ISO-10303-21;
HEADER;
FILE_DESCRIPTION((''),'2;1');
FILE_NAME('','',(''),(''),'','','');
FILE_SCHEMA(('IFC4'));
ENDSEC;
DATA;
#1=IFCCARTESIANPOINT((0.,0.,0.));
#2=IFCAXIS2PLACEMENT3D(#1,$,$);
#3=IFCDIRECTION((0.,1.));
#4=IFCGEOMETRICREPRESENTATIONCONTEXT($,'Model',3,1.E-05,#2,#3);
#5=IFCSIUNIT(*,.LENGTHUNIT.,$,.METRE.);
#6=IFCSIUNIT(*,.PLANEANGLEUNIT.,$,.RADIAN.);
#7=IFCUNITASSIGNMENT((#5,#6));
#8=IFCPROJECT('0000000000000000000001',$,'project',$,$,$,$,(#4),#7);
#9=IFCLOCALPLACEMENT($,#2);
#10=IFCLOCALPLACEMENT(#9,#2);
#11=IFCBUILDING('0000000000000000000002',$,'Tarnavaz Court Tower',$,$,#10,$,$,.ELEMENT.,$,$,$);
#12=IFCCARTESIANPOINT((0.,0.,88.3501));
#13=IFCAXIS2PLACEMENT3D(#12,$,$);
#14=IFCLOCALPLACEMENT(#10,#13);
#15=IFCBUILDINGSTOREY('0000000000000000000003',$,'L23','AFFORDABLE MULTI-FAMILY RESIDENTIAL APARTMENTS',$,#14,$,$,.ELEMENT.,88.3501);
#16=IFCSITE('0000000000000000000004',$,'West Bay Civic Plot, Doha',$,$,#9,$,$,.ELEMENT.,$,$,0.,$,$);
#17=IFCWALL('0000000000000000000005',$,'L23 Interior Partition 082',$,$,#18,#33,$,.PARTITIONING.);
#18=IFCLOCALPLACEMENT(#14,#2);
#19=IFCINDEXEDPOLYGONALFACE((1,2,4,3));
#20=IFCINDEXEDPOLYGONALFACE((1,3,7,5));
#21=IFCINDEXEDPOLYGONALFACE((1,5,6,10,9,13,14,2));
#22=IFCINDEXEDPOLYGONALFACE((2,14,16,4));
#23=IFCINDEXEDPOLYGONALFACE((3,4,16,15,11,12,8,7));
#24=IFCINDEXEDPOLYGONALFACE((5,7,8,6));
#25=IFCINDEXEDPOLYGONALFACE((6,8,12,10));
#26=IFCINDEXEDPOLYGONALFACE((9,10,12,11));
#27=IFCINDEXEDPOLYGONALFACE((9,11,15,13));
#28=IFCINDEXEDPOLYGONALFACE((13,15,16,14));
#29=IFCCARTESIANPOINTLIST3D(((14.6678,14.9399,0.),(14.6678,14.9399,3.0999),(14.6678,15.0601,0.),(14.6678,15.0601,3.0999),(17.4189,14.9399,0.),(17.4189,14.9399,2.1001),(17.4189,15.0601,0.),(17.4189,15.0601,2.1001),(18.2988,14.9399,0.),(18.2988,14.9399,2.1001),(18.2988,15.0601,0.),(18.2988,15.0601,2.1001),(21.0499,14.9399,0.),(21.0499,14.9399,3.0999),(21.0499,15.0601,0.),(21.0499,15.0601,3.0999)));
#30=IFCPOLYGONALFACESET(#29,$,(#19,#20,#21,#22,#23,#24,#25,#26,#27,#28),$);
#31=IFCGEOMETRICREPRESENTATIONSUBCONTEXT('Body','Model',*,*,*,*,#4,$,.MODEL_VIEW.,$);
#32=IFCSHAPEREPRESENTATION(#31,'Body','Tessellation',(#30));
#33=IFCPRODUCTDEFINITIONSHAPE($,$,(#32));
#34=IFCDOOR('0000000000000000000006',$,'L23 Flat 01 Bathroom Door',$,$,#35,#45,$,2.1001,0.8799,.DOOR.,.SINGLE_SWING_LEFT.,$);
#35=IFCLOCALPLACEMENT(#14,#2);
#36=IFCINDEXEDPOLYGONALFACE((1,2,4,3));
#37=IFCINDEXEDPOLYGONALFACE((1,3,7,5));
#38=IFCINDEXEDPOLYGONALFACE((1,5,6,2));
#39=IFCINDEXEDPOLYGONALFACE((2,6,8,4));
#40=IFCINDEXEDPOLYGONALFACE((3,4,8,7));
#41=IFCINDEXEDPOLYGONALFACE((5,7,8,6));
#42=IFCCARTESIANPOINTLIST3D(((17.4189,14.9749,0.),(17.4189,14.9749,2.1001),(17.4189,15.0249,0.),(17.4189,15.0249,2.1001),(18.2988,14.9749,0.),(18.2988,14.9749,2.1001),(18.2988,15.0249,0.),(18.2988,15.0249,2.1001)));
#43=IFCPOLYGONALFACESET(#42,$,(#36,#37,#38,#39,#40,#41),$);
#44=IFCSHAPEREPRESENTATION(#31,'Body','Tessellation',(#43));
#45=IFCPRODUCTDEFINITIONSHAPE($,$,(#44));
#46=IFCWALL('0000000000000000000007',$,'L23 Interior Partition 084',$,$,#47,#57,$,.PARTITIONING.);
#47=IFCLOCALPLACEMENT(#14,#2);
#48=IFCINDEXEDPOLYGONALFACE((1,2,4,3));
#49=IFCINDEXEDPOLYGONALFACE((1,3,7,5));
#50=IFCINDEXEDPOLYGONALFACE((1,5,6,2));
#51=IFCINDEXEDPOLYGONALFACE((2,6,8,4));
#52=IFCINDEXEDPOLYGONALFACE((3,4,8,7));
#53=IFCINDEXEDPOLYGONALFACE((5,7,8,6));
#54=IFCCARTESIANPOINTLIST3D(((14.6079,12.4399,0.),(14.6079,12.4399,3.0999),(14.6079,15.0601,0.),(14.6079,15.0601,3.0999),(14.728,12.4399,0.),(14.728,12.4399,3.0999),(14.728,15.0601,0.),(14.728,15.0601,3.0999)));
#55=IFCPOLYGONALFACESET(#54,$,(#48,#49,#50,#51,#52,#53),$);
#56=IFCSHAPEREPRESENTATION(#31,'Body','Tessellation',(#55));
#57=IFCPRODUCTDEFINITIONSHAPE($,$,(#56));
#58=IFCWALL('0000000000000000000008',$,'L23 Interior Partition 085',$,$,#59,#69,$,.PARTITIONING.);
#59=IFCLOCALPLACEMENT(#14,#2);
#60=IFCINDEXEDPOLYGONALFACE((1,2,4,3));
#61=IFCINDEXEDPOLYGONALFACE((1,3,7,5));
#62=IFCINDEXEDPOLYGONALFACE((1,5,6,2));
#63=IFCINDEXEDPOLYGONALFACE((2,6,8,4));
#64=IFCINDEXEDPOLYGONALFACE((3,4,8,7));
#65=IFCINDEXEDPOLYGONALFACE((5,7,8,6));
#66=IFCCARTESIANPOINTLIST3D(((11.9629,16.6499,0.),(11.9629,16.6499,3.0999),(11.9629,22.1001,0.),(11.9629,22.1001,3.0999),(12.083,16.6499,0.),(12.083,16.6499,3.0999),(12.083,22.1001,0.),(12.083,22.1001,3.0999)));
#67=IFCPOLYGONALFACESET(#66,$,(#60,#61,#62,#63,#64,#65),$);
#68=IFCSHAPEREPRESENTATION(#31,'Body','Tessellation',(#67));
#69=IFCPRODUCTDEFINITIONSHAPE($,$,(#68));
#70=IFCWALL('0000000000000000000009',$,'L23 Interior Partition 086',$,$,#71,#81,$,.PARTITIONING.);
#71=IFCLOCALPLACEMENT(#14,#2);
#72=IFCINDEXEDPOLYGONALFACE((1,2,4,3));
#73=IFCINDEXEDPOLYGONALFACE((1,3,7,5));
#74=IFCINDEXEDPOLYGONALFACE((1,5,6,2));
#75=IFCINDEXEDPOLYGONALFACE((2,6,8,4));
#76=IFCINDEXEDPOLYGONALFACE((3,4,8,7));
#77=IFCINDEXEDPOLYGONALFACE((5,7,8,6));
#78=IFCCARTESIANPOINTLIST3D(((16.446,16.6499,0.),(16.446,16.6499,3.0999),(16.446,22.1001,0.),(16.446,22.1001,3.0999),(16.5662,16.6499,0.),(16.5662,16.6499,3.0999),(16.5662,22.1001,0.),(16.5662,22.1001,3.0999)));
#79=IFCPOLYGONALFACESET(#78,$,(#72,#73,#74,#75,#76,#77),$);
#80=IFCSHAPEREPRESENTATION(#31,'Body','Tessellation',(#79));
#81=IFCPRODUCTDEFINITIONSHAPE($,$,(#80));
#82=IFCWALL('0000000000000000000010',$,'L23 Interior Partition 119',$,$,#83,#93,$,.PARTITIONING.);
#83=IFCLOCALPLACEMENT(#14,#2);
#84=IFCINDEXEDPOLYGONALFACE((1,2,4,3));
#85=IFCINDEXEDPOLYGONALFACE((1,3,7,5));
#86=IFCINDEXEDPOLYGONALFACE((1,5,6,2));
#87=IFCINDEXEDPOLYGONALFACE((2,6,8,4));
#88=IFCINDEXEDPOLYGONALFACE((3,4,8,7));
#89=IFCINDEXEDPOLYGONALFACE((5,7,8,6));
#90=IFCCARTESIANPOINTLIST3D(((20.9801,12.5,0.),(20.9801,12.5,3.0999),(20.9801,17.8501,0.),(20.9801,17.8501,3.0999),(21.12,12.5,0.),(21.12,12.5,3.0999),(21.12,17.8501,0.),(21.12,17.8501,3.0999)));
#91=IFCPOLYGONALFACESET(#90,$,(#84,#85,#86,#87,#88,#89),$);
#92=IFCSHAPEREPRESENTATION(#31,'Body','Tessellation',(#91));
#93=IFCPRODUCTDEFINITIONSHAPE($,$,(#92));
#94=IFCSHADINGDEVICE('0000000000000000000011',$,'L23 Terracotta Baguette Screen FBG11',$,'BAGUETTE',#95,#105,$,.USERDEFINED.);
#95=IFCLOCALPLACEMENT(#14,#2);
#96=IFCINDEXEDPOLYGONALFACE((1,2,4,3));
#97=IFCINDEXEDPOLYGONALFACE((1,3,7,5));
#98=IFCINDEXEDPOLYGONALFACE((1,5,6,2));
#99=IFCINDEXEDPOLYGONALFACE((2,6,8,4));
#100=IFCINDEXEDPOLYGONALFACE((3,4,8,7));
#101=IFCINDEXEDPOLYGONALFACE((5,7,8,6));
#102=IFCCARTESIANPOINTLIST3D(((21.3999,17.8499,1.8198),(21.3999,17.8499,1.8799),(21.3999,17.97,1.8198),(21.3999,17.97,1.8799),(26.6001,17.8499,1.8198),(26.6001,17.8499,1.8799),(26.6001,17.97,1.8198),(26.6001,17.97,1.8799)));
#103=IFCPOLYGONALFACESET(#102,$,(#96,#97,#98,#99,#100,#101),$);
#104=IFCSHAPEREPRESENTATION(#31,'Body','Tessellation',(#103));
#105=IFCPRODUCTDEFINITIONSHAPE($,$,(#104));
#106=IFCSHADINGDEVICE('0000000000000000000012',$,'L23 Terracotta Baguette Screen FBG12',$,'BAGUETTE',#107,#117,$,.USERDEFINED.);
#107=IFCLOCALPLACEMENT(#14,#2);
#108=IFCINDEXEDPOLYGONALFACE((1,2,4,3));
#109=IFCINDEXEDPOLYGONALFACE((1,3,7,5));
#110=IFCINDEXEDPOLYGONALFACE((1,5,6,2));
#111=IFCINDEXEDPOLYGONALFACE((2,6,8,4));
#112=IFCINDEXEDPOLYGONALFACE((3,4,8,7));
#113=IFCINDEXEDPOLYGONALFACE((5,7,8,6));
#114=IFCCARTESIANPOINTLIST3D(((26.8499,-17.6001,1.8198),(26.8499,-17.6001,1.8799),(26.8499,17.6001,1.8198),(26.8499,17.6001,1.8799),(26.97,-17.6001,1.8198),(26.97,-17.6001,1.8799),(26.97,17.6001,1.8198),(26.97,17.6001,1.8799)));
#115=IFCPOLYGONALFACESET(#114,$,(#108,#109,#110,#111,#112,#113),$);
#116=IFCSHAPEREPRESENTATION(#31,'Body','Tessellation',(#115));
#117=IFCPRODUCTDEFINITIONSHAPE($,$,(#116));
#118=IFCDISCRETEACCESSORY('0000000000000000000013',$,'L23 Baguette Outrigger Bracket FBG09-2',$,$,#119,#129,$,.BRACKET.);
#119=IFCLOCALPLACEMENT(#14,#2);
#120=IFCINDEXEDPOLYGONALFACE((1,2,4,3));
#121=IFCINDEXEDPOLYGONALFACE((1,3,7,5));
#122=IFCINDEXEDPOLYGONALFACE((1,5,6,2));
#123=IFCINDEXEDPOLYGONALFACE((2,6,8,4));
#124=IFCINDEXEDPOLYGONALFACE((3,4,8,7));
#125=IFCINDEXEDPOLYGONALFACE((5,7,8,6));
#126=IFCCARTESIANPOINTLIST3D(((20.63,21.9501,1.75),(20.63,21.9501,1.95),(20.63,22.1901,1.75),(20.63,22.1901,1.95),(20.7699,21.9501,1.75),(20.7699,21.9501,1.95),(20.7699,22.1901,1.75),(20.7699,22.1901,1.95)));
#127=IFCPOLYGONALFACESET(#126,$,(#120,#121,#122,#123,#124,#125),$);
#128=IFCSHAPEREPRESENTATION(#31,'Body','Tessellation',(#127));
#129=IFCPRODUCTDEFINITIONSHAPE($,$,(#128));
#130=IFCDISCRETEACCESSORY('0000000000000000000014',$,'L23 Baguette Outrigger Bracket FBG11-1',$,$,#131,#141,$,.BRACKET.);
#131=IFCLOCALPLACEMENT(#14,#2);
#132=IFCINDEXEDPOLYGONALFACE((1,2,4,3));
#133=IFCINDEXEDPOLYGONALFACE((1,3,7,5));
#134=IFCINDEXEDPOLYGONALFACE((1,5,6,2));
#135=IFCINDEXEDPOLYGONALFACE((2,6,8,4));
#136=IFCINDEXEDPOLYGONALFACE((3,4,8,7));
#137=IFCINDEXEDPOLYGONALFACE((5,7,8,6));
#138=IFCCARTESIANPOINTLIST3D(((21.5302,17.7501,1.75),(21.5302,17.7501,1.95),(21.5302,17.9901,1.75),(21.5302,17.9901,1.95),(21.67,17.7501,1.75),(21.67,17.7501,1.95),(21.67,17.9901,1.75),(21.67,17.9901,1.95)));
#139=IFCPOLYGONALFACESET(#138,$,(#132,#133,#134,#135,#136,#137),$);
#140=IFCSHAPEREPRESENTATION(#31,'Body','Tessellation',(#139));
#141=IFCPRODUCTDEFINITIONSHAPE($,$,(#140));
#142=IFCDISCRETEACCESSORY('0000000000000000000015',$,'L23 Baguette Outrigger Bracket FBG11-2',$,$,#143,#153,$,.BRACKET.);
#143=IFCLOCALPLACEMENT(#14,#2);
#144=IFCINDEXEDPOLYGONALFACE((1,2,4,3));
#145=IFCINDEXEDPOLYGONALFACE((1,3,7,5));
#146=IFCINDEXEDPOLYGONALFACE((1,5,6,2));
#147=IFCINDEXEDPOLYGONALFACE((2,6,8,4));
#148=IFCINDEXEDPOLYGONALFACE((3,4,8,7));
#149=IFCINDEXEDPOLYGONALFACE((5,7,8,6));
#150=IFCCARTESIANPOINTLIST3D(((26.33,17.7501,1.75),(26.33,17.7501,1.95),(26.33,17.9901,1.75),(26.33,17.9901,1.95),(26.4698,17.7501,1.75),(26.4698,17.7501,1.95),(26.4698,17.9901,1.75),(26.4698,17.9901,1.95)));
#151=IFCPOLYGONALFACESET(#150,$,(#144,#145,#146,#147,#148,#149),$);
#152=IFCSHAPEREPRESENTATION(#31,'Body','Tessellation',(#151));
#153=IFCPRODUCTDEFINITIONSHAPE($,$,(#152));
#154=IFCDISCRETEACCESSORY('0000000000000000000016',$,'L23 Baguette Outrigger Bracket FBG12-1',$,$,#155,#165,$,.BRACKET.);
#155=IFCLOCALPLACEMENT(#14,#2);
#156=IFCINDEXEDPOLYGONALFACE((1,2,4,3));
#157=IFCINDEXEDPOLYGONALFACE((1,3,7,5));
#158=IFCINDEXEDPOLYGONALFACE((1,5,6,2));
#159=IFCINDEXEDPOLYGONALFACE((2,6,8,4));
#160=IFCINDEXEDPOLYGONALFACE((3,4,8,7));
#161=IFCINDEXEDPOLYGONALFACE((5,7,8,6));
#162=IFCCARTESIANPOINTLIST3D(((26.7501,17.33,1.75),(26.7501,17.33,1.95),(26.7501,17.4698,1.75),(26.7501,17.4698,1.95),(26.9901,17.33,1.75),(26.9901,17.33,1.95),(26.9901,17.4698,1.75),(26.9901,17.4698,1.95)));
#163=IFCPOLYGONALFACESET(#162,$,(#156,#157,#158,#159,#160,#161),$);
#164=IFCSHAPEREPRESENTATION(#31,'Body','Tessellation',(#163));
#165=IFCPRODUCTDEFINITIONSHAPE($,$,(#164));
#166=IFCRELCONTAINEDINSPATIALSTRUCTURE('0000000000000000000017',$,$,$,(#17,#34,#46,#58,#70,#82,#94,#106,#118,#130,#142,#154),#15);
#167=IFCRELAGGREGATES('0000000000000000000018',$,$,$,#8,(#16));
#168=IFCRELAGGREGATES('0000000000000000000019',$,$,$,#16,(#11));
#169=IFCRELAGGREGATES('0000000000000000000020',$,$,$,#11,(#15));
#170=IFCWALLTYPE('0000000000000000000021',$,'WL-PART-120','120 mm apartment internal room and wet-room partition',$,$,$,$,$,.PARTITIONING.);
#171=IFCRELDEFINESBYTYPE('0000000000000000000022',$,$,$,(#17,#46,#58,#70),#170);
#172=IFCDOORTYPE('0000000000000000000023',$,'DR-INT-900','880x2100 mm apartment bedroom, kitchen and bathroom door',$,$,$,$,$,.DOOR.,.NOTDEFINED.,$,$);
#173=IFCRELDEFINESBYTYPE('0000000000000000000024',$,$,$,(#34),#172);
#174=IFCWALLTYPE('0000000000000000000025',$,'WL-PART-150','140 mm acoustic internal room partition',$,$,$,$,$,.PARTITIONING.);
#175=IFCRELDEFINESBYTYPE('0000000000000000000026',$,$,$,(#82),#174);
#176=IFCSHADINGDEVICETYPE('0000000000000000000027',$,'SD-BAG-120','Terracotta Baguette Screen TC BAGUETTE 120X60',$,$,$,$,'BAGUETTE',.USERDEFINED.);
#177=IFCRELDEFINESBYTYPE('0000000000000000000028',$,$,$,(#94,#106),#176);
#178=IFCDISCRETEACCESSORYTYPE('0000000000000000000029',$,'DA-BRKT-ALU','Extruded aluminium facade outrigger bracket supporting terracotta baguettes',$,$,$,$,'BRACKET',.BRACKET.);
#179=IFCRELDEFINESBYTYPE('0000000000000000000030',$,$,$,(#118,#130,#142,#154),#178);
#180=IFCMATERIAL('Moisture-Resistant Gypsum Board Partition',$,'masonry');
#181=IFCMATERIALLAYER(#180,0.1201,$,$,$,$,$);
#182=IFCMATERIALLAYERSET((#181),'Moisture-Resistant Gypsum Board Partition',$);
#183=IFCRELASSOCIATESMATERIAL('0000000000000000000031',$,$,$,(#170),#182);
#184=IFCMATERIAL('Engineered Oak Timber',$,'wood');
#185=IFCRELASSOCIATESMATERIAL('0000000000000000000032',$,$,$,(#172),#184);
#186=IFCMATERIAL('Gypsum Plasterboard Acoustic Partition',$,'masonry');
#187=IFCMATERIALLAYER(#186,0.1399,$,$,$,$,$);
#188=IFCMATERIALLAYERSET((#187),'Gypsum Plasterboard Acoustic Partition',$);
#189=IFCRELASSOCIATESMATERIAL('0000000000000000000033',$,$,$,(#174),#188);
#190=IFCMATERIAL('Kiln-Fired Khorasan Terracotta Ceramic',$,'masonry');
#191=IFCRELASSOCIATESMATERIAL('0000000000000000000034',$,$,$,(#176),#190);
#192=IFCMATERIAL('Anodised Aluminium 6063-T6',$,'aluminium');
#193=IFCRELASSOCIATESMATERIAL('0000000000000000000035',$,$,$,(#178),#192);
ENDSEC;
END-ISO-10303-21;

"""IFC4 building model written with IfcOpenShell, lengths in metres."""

from ifc_helpers import new_model, si_unit, direction, frame, frame_2d, origin, origin_2d, place, context, subcontext, project, spatial, rectangle, extrude, material, layer, layer_set, material_profile, profile_set, type_object, element, fill, save


model = new_model("IFC4")

# Units and contexts
model_context = context("Model", 3, precision=1e-05, world=origin(), true_north=direction((0.0, 1.0)))
body_context = subcontext(model_context, "Body", "Model", "MODEL_VIEW")
ifc_project = project(units=[si_unit("LENGTHUNIT", "METRE"), si_unit("PLANEANGLEUNIT", "RADIAN")], contexts=[model_context])

# Site, building, storey
site_placement = place(None, origin())
site = spatial("IfcSite", under=ifc_project, at=site_placement, Name="West Bay Civic Plot, Doha", CompositionType="ELEMENT", RefElevation=0.0)
building_placement = place(site_placement, origin())
building = spatial("IfcBuilding", under=site, at=building_placement, Name="Tarnavaz Court Tower", CompositionType="ELEMENT")
storey_placement = place(building_placement, frame((0.0, 0.0, 88.3501)))
storey = spatial("IfcBuildingStorey", under=building, at=storey_placement, Name="L23", Description="AFFORDABLE MULTI-FAMILY RESIDENTIAL APARTMENTS", CompositionType="ELEMENT", Elevation=88.3501)

# Wall, opening, door
ifc_material_1 = material(Name="Engineered Oak Timber", Category="wood")
ifc_material_2 = material(Name="Moisture-Resistant Gypsum Board Partition", Category="masonry")
ifc_layer_1 = layer(ifc_material_2, 0.1201)
ifc_layer_set_1 = layer_set([ifc_layer_1], Name="Moisture-Resistant Gypsum Board Partition")
wall_type_1 = type_object("IfcWallType", Name="WL-PART-120", Description="120 mm apartment internal room and wet-room partition", PredefinedType="PARTITIONING", material=ifc_layer_set_1)
wall_1_placement = place(storey_placement, frame((14.668, 15.0, 0.0), z_axis=(0.0, 0.0, 1.0), x_axis=(1.0, 0.0, 0.0)))
wall_1 = element("IfcWall", 1, at=wall_1_placement, inside=storey, type_object=wall_type_1, Name="L23 Interior Partition 082", PredefinedType="PARTITIONING", context=body_context, shape_type="SweptSolid", body=[
    extrude(rectangle(XDim=6.3821, YDim=0.1201, at=frame_2d((3.1909, 0.0))), origin(), (0.0, 0.0, 1.0), 3.0999),
])
opening_1_placement = place(wall_1_placement, frame((2.751, 0.0, 0.0)))
opening_1 = element("IfcOpeningElement", 2, at=opening_1_placement, cuts=wall_1, PredefinedType="OPENING", context=body_context, shape_type="SweptSolid", body=[
    extrude(rectangle(XDim=0.8799, YDim=2.1001, at=frame_2d((0.4399, 1.05))), frame((0.0, 0.0701, 0.0), z_axis=(0.0, -1.0, 0.0), x_axis=(1.0, 0.0, 0.0)), (0.0, 0.0, 1.0), 0.1401),
])
door_type_1 = type_object("IfcDoorType", Name="DR-INT-900", Description="880x2100 mm apartment bedroom, kitchen and bathroom door", OperationType="NOTDEFINED", PredefinedType="DOOR", material=ifc_material_1)
door_1_placement = place(opening_1_placement, origin())
door_1 = element("IfcDoor", 3, at=door_1_placement, inside=storey, type_object=door_type_1, Name="L23 Flat 01 Bathroom Door", OperationType="SINGLE_SWING_LEFT", OverallHeight=2.1001, OverallWidth=0.8799, PredefinedType="DOOR", context=body_context, shape_type="SweptSolid", body=[
    extrude(rectangle(XDim=0.8799, YDim=2.1001, at=frame_2d((0.4399, 1.05))), frame((0.0, 0.0249, 0.0), z_axis=(0.0, -1.0, 0.0), x_axis=(1.0, 0.0, 0.0)), (0.0, 0.0, 1.0), 0.05),
])
fill(opening_1, door_1)

# Walls
wall_2_placement = place(storey_placement, frame((14.668, 12.4399, 0.0), z_axis=(0.0, 0.0, 1.0), x_axis=(0.0, 1.0, 0.0)))
element("IfcWall", 4, at=wall_2_placement, inside=storey, type_object=wall_type_1, Name="L23 Interior Partition 084", PredefinedType="PARTITIONING", context=body_context, shape_type="SweptSolid", body=[
    extrude(rectangle(XDim=2.6201, YDim=0.1201, at=frame_2d((1.3101, 0.0))), origin(), (0.0, 0.0, 1.0), 3.0999),
])
for number, where, z_axis, x_axis, name in (
    (5, (12.0229, 16.6499, 0.0), (0.0, 0.0, 1.0), (0.0, 1.0, 0.0), "L23 Interior Partition 085"),
    (6, (16.5061, 16.6499, 0.0), (0.0, 0.0, 1.0), (0.0, 1.0, 0.0), "L23 Interior Partition 086"),
):
    element("IfcWall", number, at=place(storey_placement, frame(where, z_axis=z_axis, x_axis=x_axis)), inside=storey, type_object=wall_type_1, Name=name, PredefinedType="PARTITIONING", context=body_context, shape_type="SweptSolid", body=[
        extrude(rectangle(XDim=5.4502, YDim=0.1201, at=frame_2d((2.7251, 0.0))), origin(), (0.0, 0.0, 1.0), 3.0999),
    ])
ifc_material_3 = material(Name="Gypsum Plasterboard Acoustic Partition", Category="masonry")
ifc_layer_2 = layer(ifc_material_3, 0.1399)
ifc_layer_set_2 = layer_set([ifc_layer_2], Name="Gypsum Plasterboard Acoustic Partition")
wall_type_2 = type_object("IfcWallType", Name="WL-PART-150", Description="140 mm acoustic internal room partition", PredefinedType="PARTITIONING", material=ifc_layer_set_2)
wall_3_placement = place(storey_placement, frame((21.05, 12.5, 0.0), z_axis=(0.0, 0.0, 1.0), x_axis=(0.0, 1.0, 0.0)))
element("IfcWall", 7, at=wall_3_placement, inside=storey, type_object=wall_type_2, Name="L23 Interior Partition 119", PredefinedType="PARTITIONING", context=body_context, shape_type="SweptSolid", body=[
    extrude(rectangle(XDim=5.3501, YDim=0.1399, at=frame_2d((2.675, 0.0))), origin(), (0.0, 0.0, 1.0), 3.0999),
])

# Shading devices
ifc_material_4 = material(Name="Kiln-Fired Khorasan Terracotta Ceramic", Category="masonry")
ifc_material_profile_1 = material_profile(ifc_material_4, rectangle(XDim=0.1201, YDim=0.0601, at=origin_2d()), Name="TC BAGUETTE 120X60")
ifc_profile_set_1 = profile_set([ifc_material_profile_1], Name="Kiln-Fired Khorasan Terracotta Ceramic")
shading_device_type = type_object("IfcShadingDeviceType", Name="SD-BAG-120", Description="Terracotta Baguette Screen TC BAGUETTE 120X60", ElementType="BAGUETTE", PredefinedType="USERDEFINED", material=ifc_profile_set_1)
shading_device_1_placement = place(storey_placement, frame((21.3999, 17.9099, 1.8499), z_axis=(1.0, 0.0, 0.0), x_axis=(0.0, 1.0, 0.0)))
element("IfcShadingDevice", 8, at=shading_device_1_placement, inside=storey, type_object=shading_device_type, Name="L23 Terracotta Baguette Screen FBG11", ObjectType="BAGUETTE", PredefinedType="USERDEFINED", context=body_context, shape_type="SweptSolid", body=[
    extrude(rectangle(XDim=0.1201, YDim=0.0601, at=origin_2d()), origin(), (0.0, 0.0, 1.0), 5.2002),
])
shading_device_2_placement = place(storey_placement, frame((26.9099, 17.6001, 1.8499), z_axis=(0.0, -1.0, 0.0), x_axis=(1.0, 0.0, 0.0)))
element("IfcShadingDevice", 9, at=shading_device_2_placement, inside=storey, type_object=shading_device_type, Name="L23 Terracotta Baguette Screen FBG12", ObjectType="BAGUETTE", PredefinedType="USERDEFINED", context=body_context, shape_type="SweptSolid", body=[
    extrude(rectangle(XDim=0.1201, YDim=0.0601, at=origin_2d()), origin(), (0.0, 0.0, 1.0), 35.2002),
])

# Discrete accessories
ifc_material_5 = material(Name="Anodised Aluminium 6063-T6", Category="aluminium")
discrete_accessory_type = type_object("IfcDiscreteAccessoryType", Name="DA-BRKT-ALU", Description="Extruded aluminium facade outrigger bracket supporting terracotta baguettes", ElementType="BRACKET", PredefinedType="BRACKET", material=ifc_material_5)
for number, where, z_axis, x_axis, name in (
    (10, (20.7, 22.0701, 1.75), (0.0, 0.0, 1.0), (1.0, 0.0, 0.0), "L23 Baguette Outrigger Bracket FBG09-2"),
    (11, (21.6001, 17.8701, 1.75), (0.0, 0.0, 1.0), (1.0, 0.0, 0.0), "L23 Baguette Outrigger Bracket FBG11-1"),
    (12, (26.3999, 17.8701, 1.75), (0.0, 0.0, 1.0), (1.0, 0.0, 0.0), "L23 Baguette Outrigger Bracket FBG11-2"),
    (13, (26.8701, 17.3999, 1.75), (0.0, 0.0, 1.0), (0.0, -1.0, 0.0), "L23 Baguette Outrigger Bracket FBG12-1"),
):
    element("IfcDiscreteAccessory", number, at=place(storey_placement, frame(where, z_axis=z_axis, x_axis=x_axis)), inside=storey, type_object=discrete_accessory_type, Name=name, PredefinedType="BRACKET", context=body_context, shape_type="SweptSolid", body=[
        extrude(rectangle(XDim=0.1399, YDim=0.24, at=origin_2d()), origin(), (0.0, 0.0, 1.0), 0.2),
    ])

save(model, "model.ifc")
